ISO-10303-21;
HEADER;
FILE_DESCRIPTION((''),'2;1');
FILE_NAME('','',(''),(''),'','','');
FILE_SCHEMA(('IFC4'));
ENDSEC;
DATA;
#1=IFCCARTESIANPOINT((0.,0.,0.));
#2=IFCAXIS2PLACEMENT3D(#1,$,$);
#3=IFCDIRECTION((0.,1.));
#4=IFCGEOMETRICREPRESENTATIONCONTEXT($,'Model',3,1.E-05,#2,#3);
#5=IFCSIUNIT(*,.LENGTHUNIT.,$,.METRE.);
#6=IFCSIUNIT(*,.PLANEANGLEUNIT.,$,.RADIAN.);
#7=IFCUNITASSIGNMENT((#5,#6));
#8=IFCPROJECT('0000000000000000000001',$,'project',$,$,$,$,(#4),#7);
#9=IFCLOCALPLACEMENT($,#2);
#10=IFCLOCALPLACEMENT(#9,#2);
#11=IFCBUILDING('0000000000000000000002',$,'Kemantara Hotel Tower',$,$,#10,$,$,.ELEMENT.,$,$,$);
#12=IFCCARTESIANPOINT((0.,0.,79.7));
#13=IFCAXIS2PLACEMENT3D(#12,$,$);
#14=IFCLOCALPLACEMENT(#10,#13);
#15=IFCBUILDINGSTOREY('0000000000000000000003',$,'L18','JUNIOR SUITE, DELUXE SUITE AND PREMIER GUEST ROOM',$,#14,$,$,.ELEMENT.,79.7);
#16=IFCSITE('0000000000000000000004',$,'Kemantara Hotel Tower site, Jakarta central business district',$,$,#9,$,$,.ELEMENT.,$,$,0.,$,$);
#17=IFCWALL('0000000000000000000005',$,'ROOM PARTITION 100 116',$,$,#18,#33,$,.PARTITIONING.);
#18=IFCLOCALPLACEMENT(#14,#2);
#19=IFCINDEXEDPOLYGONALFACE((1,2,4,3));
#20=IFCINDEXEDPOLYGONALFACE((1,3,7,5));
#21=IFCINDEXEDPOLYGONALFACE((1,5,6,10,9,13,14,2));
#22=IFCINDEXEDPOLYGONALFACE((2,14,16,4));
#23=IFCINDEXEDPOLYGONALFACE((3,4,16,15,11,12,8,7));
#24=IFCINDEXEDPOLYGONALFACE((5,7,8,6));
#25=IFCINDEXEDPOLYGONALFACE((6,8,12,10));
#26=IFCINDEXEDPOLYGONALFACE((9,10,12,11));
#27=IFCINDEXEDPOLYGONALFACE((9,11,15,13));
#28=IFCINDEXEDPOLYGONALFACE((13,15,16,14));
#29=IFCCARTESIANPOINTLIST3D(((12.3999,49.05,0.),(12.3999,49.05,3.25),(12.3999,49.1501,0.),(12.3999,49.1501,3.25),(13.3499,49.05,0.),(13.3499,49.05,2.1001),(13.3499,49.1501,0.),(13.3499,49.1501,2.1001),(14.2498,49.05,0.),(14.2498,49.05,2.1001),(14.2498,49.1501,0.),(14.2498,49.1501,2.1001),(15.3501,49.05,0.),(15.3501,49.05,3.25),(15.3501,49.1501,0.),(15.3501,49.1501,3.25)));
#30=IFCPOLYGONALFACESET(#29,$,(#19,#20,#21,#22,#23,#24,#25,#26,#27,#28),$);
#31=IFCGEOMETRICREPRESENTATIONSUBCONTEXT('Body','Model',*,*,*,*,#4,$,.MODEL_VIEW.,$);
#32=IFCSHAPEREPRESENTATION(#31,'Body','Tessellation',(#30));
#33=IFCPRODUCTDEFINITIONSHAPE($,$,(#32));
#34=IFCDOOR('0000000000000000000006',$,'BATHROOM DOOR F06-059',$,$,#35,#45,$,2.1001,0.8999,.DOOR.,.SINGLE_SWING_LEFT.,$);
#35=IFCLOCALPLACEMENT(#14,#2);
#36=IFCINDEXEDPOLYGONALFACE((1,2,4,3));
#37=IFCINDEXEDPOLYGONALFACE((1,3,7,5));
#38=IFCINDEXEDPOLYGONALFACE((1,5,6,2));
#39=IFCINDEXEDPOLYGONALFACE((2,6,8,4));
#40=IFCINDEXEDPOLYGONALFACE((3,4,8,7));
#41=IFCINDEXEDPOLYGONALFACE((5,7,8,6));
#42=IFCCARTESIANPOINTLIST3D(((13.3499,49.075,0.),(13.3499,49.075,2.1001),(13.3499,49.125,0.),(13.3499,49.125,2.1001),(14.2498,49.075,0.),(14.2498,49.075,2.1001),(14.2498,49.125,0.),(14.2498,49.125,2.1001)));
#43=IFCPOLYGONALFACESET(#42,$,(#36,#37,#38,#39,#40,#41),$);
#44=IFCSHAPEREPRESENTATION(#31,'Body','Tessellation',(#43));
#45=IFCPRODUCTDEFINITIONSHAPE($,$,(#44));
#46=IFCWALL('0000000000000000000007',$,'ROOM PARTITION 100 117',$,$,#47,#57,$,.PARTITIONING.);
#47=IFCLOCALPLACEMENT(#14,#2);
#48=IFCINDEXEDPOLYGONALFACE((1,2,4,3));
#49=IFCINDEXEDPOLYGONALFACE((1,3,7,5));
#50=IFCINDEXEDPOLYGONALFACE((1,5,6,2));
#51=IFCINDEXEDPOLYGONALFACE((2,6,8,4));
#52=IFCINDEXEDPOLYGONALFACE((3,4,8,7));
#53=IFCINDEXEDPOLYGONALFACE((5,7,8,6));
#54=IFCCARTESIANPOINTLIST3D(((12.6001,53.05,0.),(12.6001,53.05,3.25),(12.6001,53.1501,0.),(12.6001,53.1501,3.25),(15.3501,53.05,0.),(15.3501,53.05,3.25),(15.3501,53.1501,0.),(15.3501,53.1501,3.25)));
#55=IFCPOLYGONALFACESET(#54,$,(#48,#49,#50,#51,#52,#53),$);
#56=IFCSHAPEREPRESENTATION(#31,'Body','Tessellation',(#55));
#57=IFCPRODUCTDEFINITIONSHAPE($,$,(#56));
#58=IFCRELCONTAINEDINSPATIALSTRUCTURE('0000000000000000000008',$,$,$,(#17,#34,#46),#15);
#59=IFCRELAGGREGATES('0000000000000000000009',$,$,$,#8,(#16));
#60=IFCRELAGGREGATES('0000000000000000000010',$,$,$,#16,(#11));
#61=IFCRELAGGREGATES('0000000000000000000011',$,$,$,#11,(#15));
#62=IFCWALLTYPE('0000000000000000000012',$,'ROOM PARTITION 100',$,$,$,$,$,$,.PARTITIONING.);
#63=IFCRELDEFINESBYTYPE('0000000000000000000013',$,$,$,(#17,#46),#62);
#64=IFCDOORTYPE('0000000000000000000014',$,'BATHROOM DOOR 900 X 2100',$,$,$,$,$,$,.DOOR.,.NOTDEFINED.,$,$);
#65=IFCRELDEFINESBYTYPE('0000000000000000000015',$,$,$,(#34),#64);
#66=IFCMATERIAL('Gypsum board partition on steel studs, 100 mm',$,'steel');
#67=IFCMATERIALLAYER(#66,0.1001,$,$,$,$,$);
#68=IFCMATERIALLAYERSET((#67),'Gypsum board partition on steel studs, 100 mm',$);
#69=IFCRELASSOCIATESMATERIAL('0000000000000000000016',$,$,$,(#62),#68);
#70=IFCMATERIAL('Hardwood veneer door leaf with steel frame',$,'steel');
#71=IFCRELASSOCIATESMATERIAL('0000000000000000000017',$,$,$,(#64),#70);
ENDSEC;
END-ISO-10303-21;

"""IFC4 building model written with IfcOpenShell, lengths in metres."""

from ifc_helpers import new_model, si_unit, direction, frame, frame_2d, origin, place, context, subcontext, project, spatial, rectangle, extrude, material, layer, layer_set, type_object, element, fill, save


model = new_model("IFC4")

# Units and contexts
model_context = context("Model", 3, precision=1e-05, world=origin(), true_north=direction((0.0, 1.0)))
body_context = subcontext(model_context, "Body", "Model", "MODEL_VIEW")
ifc_project = project(units=[si_unit("LENGTHUNIT", "METRE"), si_unit("PLANEANGLEUNIT", "RADIAN")], contexts=[model_context])

# Site, building, storey
site_placement = place(None, origin())
site = spatial("IfcSite", under=ifc_project, at=site_placement, Name="Kemantara Hotel Tower site, Jakarta central business district", CompositionType="ELEMENT", RefElevation=0.0)
building_placement = place(site_placement, origin())
building = spatial("IfcBuilding", under=site, at=building_placement, Name="Kemantara Hotel Tower", CompositionType="ELEMENT")
storey_placement = place(building_placement, frame((0.0, 0.0, 79.7)))
storey = spatial("IfcBuildingStorey", under=building, at=storey_placement, Name="L18", Description="JUNIOR SUITE, DELUXE SUITE AND PREMIER GUEST ROOM", CompositionType="ELEMENT", Elevation=79.7)

# Shared definitions
ifc_material_1 = material(Name="Hardwood veneer door leaf with steel frame", Category="steel")

# Shared definitions
ifc_material_2 = material(Name="Gypsum board partition on steel studs, 100 mm", Category="steel")
ifc_layer_1 = layer(ifc_material_2, 0.1001)
ifc_layer_set_1 = layer_set([ifc_layer_1], Name="Gypsum board partition on steel studs, 100 mm")
wall_type_1 = type_object("IfcWallType", Name="ROOM PARTITION 100", PredefinedType="PARTITIONING", material=ifc_layer_set_1)

# Wall, opening, door
wall_1_placement = place(storey_placement, frame((12.3999, 49.1001, 0.0), z_axis=(0.0, 0.0, 1.0), x_axis=(1.0, 0.0, 0.0)))
wall_1 = element("IfcWall", 1, at=wall_1_placement, inside=storey, type_object=wall_type_1, Name="ROOM PARTITION 100 116", PredefinedType="PARTITIONING", context=body_context, shape_type="SweptSolid", body=[
    extrude(rectangle(XDim=2.9502, YDim=0.1001, at=frame_2d((1.4751, 0.0))), origin(), (0.0, 0.0, 1.0), 3.25),
])
opening_1_placement = place(wall_1_placement, frame((0.95, 0.0, 0.0)))
opening_1 = element("IfcOpeningElement", 2, at=opening_1_placement, cuts=wall_1, PredefinedType="OPENING", context=body_context, shape_type="SweptSolid", body=[
    extrude(rectangle(XDim=0.8999, YDim=2.1001, at=frame_2d((0.45, 1.05))), frame((0.0, 0.0601, 0.0), z_axis=(0.0, -1.0, 0.0), x_axis=(1.0, 0.0, 0.0)), (0.0, 0.0, 1.0), 0.1201),
])
door_type_1 = type_object("IfcDoorType", Name="BATHROOM DOOR 900 X 2100", OperationType="NOTDEFINED", PredefinedType="DOOR", material=ifc_material_1)
door_1_placement = place(opening_1_placement, origin())
door_1 = element("IfcDoor", 3, at=door_1_placement, inside=storey, type_object=door_type_1, Name="BATHROOM DOOR F06-059", OperationType="SINGLE_SWING_LEFT", OverallHeight=2.1001, OverallWidth=0.8999, PredefinedType="DOOR", context=body_context, shape_type="SweptSolid", body=[
    extrude(rectangle(XDim=0.8999, YDim=2.1001, at=frame_2d((0.45, 1.05))), frame((0.0, 0.0249, 0.0), z_axis=(0.0, -1.0, 0.0), x_axis=(1.0, 0.0, 0.0)), (0.0, 0.0, 1.0), 0.05),
])
fill(opening_1, door_1)

# Wall
wall_2_placement = place(storey_placement, frame((12.6001, 53.1001, 0.0), z_axis=(0.0, 0.0, 1.0), x_axis=(1.0, 0.0, 0.0)))
element("IfcWall", 4, at=wall_2_placement, inside=storey, type_object=wall_type_1, Name="ROOM PARTITION 100 117", PredefinedType="PARTITIONING", context=body_context, shape_type="SweptSolid", body=[
    extrude(rectangle(XDim=2.75, YDim=0.1001, at=frame_2d((1.375, 0.0))), origin(), (0.0, 0.0, 1.0), 3.25),
])

save(model, "model.ifc")
